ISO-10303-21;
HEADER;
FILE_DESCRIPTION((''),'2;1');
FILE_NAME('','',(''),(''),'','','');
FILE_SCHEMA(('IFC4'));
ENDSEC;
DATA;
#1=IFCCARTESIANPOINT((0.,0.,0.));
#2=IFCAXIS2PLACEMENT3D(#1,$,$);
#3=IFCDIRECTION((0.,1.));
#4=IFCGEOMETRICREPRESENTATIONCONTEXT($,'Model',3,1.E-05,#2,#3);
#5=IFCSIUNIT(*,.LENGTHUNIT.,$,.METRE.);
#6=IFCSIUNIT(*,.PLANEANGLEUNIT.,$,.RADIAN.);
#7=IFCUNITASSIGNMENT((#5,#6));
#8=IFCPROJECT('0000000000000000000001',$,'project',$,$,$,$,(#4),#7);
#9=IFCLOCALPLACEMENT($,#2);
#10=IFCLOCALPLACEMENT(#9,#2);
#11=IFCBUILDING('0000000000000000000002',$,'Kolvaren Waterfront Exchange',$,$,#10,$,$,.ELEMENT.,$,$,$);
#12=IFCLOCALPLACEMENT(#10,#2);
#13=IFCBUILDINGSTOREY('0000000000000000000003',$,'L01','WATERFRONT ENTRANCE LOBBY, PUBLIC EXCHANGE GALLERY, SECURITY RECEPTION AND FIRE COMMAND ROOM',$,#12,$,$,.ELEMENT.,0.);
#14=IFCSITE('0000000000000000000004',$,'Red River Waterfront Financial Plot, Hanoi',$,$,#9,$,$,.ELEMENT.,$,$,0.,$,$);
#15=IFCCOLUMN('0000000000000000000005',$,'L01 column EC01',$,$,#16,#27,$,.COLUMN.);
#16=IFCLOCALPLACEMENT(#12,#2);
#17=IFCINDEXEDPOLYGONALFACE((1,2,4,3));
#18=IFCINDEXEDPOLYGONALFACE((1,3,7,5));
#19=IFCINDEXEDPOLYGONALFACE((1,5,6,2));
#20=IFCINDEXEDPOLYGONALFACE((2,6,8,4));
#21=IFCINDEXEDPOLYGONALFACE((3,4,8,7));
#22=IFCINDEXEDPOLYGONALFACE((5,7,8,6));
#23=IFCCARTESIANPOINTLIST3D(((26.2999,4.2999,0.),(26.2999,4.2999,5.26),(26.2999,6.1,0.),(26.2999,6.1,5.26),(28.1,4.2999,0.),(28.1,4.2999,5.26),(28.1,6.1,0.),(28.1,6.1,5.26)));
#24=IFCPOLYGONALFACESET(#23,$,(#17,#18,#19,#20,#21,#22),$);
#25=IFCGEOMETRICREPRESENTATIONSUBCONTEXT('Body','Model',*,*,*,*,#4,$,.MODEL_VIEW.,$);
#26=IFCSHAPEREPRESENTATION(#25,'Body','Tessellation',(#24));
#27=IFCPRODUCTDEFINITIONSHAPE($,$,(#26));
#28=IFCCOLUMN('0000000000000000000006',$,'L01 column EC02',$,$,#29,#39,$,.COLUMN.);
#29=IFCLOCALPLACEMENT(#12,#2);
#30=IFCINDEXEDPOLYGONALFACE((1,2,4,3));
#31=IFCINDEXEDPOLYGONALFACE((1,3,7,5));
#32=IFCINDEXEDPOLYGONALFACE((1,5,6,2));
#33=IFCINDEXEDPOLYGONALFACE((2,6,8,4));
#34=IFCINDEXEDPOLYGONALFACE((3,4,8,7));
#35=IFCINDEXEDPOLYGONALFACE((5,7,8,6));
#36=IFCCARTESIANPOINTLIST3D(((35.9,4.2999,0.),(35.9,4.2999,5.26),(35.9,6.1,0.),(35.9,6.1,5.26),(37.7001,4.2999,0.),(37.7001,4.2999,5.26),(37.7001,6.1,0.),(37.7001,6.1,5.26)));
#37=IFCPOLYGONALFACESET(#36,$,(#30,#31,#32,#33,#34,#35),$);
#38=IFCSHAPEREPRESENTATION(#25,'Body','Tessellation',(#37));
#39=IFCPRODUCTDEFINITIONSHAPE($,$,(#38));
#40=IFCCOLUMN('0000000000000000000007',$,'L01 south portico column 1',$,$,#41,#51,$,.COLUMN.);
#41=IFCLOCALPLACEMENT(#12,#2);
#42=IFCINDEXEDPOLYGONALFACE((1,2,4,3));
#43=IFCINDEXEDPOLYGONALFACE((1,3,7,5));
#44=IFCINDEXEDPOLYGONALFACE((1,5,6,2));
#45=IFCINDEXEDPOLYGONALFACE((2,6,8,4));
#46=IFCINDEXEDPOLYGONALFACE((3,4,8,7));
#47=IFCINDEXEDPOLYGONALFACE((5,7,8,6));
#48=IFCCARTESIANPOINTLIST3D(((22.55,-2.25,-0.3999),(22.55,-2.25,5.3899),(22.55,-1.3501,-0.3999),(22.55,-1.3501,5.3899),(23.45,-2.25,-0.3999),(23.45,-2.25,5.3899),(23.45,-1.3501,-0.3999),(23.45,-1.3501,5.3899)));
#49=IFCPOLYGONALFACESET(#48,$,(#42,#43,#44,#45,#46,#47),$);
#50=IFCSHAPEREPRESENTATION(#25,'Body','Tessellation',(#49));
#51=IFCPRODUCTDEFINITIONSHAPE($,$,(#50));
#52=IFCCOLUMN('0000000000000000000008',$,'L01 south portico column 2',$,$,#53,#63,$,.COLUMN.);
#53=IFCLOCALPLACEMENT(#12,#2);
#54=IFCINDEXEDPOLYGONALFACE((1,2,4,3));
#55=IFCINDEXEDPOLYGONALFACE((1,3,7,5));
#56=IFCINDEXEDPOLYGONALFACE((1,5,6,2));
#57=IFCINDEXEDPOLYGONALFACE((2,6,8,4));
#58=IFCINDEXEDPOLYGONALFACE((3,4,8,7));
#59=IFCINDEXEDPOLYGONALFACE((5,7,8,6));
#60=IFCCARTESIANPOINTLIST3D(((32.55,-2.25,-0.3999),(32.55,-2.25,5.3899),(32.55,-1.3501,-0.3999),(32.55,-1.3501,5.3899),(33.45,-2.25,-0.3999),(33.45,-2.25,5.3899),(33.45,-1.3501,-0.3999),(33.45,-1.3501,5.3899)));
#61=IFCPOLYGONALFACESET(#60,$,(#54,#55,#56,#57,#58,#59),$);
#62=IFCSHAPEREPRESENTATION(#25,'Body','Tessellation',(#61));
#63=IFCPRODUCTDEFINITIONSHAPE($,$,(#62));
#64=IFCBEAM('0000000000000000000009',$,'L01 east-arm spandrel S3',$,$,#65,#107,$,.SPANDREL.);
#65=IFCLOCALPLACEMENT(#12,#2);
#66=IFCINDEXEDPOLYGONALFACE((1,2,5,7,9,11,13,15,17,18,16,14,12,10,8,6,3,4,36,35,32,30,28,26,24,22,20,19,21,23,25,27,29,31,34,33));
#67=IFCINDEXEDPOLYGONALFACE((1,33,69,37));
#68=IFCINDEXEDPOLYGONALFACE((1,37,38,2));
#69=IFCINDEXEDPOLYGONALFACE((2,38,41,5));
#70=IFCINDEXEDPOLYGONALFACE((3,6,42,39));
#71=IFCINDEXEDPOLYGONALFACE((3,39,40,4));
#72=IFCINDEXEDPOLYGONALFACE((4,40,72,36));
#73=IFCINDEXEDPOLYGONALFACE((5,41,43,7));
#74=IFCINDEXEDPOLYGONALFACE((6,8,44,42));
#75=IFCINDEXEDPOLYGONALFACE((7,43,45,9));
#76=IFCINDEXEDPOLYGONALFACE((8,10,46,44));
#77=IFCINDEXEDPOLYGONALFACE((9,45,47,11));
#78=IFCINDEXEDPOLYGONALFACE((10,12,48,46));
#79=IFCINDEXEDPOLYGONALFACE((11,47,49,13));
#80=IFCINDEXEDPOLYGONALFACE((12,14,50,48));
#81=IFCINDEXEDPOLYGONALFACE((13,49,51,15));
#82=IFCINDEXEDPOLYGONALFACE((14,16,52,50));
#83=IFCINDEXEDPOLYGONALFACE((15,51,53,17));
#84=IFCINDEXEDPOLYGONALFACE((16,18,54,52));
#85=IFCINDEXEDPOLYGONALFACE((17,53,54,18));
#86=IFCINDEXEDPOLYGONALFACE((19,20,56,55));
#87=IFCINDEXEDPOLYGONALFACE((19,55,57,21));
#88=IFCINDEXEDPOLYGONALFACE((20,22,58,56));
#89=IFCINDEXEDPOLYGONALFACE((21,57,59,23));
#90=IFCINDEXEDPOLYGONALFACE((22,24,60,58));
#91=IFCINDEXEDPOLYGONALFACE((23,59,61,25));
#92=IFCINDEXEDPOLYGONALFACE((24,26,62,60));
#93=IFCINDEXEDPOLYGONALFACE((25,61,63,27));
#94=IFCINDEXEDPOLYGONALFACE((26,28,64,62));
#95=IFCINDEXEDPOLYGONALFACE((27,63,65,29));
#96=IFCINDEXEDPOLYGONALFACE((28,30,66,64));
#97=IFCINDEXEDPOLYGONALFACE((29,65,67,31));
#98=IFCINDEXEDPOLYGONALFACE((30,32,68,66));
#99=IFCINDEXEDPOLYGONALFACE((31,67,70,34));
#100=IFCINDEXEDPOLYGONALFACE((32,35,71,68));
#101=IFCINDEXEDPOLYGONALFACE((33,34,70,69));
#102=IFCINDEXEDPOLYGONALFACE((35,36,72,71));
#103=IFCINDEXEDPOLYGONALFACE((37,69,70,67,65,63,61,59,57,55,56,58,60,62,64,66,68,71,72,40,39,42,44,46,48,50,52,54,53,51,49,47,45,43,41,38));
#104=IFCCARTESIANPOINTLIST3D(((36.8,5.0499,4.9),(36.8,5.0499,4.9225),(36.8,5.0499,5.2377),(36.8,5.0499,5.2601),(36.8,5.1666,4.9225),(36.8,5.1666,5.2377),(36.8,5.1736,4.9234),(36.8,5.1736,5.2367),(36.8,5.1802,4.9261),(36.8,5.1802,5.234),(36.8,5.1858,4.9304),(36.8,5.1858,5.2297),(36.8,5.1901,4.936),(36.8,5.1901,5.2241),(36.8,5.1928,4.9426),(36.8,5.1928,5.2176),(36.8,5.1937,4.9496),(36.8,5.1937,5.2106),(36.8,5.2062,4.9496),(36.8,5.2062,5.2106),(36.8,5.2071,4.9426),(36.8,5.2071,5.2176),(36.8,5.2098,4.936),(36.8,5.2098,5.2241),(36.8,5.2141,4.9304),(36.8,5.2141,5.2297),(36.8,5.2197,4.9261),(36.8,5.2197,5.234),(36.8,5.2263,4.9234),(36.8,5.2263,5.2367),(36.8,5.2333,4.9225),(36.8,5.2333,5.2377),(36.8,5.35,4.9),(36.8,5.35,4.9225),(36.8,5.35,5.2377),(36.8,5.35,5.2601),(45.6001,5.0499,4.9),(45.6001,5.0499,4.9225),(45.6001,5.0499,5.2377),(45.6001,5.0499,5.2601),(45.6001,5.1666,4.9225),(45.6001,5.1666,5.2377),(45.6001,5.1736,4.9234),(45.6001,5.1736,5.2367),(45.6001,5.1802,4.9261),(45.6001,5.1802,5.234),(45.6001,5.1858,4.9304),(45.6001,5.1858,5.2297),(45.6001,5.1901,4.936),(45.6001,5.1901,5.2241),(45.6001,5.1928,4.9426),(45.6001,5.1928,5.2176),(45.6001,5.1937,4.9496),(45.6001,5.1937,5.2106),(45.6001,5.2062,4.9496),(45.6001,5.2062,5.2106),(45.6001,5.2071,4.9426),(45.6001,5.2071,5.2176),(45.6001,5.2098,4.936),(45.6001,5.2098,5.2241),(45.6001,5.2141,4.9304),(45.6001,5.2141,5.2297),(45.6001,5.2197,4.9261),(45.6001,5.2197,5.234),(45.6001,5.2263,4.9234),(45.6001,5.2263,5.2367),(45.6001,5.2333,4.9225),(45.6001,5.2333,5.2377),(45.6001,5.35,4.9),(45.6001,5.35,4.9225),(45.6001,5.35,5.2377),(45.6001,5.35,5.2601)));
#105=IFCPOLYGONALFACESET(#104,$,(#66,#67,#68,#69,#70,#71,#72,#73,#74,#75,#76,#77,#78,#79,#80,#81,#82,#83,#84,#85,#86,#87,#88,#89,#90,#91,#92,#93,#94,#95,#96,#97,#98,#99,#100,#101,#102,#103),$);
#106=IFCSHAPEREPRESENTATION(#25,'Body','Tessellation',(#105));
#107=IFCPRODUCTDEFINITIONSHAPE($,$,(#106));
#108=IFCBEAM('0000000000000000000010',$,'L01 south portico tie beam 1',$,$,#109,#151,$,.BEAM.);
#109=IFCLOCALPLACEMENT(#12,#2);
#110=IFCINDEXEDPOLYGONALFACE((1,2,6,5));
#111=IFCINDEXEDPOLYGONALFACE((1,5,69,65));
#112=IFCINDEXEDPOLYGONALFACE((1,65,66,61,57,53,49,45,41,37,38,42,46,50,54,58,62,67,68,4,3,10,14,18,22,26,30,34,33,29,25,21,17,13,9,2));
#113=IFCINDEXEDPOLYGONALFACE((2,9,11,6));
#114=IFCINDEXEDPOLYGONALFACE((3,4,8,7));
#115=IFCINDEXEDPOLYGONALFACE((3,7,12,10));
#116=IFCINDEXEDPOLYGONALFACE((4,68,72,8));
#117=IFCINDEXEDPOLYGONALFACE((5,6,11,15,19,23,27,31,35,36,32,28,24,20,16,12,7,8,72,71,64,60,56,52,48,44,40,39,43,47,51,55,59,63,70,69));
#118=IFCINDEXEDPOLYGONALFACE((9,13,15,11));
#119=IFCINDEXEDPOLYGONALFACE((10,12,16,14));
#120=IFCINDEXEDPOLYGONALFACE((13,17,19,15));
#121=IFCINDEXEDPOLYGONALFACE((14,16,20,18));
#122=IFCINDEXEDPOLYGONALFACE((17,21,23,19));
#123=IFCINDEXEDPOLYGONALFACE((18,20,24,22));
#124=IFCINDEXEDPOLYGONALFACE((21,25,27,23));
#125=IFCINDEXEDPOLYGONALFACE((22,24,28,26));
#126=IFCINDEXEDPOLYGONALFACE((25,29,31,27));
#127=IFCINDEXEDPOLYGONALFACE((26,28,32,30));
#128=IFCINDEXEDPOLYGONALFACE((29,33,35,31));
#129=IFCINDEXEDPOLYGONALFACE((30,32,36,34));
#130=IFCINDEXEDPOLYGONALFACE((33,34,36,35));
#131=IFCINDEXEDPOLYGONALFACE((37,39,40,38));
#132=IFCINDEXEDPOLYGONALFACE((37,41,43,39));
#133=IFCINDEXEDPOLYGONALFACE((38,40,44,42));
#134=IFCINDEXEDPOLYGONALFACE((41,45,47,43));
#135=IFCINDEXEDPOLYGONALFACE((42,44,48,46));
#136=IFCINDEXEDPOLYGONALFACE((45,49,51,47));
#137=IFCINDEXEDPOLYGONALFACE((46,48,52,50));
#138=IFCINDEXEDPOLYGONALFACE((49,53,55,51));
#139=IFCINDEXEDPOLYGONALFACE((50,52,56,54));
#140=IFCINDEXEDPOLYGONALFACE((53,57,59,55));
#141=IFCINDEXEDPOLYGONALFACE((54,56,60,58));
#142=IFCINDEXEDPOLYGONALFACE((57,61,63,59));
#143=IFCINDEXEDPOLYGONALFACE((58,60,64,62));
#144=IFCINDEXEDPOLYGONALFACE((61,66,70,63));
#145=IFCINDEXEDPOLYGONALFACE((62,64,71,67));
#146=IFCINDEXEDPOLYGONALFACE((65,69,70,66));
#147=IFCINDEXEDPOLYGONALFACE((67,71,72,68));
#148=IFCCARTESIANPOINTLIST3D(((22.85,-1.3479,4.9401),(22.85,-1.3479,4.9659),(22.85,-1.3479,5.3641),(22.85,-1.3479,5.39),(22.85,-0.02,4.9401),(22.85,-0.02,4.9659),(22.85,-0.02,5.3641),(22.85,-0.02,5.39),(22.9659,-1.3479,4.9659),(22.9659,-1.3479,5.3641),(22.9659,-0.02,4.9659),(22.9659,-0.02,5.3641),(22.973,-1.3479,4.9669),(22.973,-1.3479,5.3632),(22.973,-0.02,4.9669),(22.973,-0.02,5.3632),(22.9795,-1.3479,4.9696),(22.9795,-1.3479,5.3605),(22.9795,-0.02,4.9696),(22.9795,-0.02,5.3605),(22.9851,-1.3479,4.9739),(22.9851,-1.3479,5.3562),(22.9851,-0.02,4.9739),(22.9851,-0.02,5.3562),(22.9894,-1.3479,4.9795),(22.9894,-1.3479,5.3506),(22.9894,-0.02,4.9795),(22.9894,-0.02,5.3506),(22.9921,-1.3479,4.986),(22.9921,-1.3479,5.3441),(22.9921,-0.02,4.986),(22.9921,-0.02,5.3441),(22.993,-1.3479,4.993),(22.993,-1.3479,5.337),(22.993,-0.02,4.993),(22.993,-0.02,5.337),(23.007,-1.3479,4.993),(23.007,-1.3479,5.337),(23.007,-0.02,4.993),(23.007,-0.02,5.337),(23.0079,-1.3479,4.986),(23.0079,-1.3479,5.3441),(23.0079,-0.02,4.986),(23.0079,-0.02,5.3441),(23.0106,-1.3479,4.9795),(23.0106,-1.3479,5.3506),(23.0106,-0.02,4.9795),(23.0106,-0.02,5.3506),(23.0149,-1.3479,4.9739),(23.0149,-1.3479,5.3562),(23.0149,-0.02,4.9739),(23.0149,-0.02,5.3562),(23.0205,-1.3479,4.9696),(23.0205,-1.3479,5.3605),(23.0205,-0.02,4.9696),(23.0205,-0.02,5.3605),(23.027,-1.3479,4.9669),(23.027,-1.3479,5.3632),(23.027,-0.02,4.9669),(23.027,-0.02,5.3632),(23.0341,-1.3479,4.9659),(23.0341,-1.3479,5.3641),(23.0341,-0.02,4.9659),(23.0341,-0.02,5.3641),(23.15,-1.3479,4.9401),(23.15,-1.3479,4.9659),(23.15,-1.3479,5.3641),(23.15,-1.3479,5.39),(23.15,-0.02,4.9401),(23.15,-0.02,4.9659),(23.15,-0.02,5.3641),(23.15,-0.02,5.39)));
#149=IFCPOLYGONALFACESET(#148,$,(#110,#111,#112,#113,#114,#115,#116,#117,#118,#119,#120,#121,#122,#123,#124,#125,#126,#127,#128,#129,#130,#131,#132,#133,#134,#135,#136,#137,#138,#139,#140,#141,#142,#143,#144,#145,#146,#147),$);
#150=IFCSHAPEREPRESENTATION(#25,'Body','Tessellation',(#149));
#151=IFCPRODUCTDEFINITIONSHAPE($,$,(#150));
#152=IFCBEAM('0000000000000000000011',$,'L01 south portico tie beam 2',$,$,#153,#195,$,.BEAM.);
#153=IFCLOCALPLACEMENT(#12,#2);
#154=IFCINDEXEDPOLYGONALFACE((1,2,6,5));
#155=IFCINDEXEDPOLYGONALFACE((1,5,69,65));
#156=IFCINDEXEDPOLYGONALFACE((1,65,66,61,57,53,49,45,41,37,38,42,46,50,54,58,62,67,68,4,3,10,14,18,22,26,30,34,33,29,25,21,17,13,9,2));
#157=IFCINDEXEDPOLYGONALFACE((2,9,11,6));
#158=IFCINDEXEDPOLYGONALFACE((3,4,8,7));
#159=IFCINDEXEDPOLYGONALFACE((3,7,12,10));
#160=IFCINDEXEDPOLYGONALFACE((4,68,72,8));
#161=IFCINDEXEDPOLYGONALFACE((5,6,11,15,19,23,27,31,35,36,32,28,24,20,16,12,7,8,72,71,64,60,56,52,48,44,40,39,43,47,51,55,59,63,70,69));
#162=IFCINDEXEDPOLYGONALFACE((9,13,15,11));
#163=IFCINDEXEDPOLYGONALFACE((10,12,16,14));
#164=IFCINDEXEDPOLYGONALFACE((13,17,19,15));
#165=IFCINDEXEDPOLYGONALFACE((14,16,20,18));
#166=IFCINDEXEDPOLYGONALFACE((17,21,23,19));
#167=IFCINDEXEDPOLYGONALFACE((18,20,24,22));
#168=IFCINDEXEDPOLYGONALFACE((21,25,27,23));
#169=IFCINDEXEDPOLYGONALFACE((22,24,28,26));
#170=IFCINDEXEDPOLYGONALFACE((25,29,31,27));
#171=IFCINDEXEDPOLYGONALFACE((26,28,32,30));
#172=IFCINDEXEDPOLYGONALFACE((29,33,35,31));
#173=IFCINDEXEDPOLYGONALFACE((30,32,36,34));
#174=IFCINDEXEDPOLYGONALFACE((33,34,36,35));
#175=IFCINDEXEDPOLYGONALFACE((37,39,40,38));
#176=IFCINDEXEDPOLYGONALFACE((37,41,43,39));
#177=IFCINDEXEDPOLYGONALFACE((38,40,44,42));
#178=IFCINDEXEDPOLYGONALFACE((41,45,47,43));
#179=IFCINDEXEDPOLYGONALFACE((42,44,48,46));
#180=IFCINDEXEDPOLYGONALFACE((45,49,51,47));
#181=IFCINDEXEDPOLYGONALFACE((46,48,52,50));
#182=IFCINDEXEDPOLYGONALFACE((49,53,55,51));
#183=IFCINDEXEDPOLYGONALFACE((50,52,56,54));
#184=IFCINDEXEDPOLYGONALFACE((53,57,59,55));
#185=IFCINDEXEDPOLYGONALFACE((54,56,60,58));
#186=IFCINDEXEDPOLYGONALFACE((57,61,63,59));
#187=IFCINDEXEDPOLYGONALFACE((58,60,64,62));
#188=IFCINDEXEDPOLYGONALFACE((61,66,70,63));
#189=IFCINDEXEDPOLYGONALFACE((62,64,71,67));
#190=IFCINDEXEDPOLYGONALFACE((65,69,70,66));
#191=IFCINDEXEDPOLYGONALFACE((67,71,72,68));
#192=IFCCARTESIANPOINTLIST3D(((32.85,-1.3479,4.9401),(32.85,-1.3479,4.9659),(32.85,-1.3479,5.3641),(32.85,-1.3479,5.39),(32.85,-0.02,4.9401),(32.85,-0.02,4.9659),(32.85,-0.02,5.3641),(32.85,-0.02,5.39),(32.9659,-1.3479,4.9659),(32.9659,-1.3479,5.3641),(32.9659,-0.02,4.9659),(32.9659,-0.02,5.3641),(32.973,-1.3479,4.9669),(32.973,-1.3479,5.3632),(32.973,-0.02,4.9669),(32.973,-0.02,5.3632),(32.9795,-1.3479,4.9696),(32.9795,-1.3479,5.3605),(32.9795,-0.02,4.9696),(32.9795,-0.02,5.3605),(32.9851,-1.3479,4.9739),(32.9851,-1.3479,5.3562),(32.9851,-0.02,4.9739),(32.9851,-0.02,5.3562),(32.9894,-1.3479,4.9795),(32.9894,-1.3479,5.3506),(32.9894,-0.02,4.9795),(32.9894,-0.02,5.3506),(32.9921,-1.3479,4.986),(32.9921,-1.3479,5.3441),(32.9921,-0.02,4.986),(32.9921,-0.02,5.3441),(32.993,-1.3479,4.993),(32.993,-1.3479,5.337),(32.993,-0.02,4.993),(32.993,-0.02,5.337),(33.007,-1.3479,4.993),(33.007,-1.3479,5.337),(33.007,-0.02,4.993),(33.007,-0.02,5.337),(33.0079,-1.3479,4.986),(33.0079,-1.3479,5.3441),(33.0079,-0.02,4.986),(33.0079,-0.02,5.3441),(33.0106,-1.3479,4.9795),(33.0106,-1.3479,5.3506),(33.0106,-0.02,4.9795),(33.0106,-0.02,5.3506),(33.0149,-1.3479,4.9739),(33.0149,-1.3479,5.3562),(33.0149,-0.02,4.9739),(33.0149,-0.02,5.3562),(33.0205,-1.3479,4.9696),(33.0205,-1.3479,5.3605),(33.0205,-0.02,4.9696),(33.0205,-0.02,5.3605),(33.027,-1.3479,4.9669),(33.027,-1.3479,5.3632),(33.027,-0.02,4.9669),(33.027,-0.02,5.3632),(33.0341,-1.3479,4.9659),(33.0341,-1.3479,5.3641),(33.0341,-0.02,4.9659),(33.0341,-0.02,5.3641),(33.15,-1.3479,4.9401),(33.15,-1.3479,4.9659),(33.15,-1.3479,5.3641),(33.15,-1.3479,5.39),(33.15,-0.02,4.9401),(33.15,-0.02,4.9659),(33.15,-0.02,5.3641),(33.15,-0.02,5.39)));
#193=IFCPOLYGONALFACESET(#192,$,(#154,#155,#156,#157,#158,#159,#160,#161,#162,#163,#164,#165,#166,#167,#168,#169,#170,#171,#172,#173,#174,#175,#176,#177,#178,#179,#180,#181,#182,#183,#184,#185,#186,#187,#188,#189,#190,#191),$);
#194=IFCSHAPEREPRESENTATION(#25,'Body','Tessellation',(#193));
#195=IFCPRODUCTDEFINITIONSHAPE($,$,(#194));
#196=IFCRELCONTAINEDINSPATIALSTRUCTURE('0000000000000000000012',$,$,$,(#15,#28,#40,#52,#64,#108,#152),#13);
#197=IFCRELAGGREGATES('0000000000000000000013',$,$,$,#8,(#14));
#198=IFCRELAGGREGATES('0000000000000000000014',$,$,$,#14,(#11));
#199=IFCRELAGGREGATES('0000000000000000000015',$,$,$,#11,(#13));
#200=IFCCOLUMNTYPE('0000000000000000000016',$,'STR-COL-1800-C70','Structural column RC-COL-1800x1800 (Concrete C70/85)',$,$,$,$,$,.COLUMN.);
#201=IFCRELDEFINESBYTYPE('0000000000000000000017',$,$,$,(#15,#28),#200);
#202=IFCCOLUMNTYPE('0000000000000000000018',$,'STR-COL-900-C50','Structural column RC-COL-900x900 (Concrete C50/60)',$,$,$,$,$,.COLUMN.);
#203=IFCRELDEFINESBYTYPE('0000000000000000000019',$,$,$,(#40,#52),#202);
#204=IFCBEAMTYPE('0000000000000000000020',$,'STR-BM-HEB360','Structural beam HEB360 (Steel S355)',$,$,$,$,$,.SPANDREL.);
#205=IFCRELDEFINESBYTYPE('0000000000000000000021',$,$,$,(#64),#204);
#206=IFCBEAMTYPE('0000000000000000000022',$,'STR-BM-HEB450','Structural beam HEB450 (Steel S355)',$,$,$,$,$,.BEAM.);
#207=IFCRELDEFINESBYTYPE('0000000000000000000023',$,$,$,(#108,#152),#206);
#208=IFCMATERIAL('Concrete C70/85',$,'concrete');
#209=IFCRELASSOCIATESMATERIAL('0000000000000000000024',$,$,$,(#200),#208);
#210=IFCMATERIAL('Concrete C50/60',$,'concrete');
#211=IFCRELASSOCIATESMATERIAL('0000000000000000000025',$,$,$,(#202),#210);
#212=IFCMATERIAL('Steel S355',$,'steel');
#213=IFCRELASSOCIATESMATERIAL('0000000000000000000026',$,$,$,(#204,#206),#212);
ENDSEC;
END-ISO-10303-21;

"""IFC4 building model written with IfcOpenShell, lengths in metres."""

from ifc_helpers import new_model, si_unit, direction, frame, origin, origin_2d, place, context, subcontext, project, spatial, rectangle, i_section, extrude, material, material_profile, profile_set, type_object, element, save


model = new_model("IFC4")

# Units and contexts
model_context = context("Model", 3, precision=1e-05, world=origin(), true_north=direction((0.0, 1.0)))
body_context = subcontext(model_context, "Body", "Model", "MODEL_VIEW")
ifc_project = project(units=[si_unit("LENGTHUNIT", "METRE"), si_unit("PLANEANGLEUNIT", "RADIAN")], contexts=[model_context])

# Site, building, storey
site_placement = place(None, origin())
site = spatial("IfcSite", under=ifc_project, at=site_placement, Name="Red River Waterfront Financial Plot, Hanoi", CompositionType="ELEMENT", RefElevation=0.0)
building_placement = place(site_placement, origin())
building = spatial("IfcBuilding", under=site, at=building_placement, Name="Kolvaren Waterfront Exchange", CompositionType="ELEMENT")
storey_placement = place(building_placement, origin())
storey = spatial("IfcBuildingStorey", under=building, at=storey_placement, Name="L01", Description="WATERFRONT ENTRANCE LOBBY, PUBLIC EXCHANGE GALLERY, SECURITY RECEPTION AND FIRE COMMAND ROOM", CompositionType="ELEMENT", Elevation=0.0)

# Columns
ifc_material_1 = material(Name="Concrete C70/85", Category="concrete")
ifc_material_profile_1 = material_profile(ifc_material_1, rectangle(XDim=1.8, YDim=1.8, at=origin_2d()), Name="RC-COL-1800x1800")
ifc_profile_set_1 = profile_set([ifc_material_profile_1], Name="Concrete C70/85")
column_type_1 = type_object("IfcColumnType", Name="STR-COL-1800-C70", Description="Structural column RC-COL-1800x1800 (Concrete C70/85)", PredefinedType="COLUMN", material=ifc_profile_set_1)
for number, where, z_axis, x_axis, name in (
    (1, (27.2, 5.2, 0.0), (0.0, 0.0, 1.0), (1.0, 0.0, 0.0), "L01 column EC01"),
    (2, (36.8, 5.2, 0.0), (0.0, 0.0, 1.0), (1.0, 0.0, 0.0), "L01 column EC02"),
):
    element("IfcColumn", number, at=place(storey_placement, frame(where, z_axis=z_axis, x_axis=x_axis)), inside=storey, type_object=column_type_1, Name=name, PredefinedType="COLUMN", context=body_context, shape_type="SweptSolid", body=[
        extrude(rectangle(XDim=1.8, YDim=1.8, at=origin_2d()), origin(), (0.0, 0.0, 1.0), 5.26),
    ])
ifc_material_2 = material(Name="Concrete C50/60", Category="concrete")
ifc_material_profile_2 = material_profile(ifc_material_2, rectangle(XDim=0.8999, YDim=0.8999, at=origin_2d()), Name="RC-COL-900x900")
ifc_profile_set_2 = profile_set([ifc_material_profile_2], Name="Concrete C50/60")
column_type_2 = type_object("IfcColumnType", Name="STR-COL-900-C50", Description="Structural column RC-COL-900x900 (Concrete C50/60)", PredefinedType="COLUMN", material=ifc_profile_set_2)
for number, where, z_axis, x_axis, name in (
    (3, (23.0, -1.8, -0.3999), (0.0, 0.0, 1.0), (1.0, 0.0, 0.0), "L01 south portico column 1"),
    (4, (33.0, -1.8, -0.3999), (0.0, 0.0, 1.0), (1.0, 0.0, 0.0), "L01 south portico column 2"),
):
    element("IfcColumn", number, at=place(storey_placement, frame(where, z_axis=z_axis, x_axis=x_axis)), inside=storey, type_object=column_type_2, Name=name, PredefinedType="COLUMN", context=body_context, shape_type="SweptSolid", body=[
        extrude(rectangle(XDim=0.8999, YDim=0.8999, at=origin_2d()), origin(), (0.0, 0.0, 1.0), 5.7898),
    ])

# Beams
ifc_material_3 = material(Name="Steel S355", Category="steel")
ifc_material_profile_3 = material_profile(ifc_material_3, i_section(OverallWidth=0.3, OverallDepth=0.3601, WebThickness=0.0125, FlangeThickness=0.0225, FilletRadius=0.0271, at=origin_2d()), Name="HEB360")
ifc_profile_set_3 = profile_set([ifc_material_profile_3], Name="Steel S355")
beam_type_1 = type_object("IfcBeamType", Name="STR-BM-HEB360", Description="Structural beam HEB360 (Steel S355)", PredefinedType="SPANDREL", material=ifc_profile_set_3)
beam_1_placement = place(storey_placement, frame((36.8, 5.2, 5.0801), z_axis=(1.0, 0.0, 0.0), x_axis=(0.0, 1.0, 0.0)))
element("IfcBeam", 5, at=beam_1_placement, inside=storey, type_object=beam_type_1, Name="L01 east-arm spandrel S3", PredefinedType="SPANDREL", context=body_context, shape_type="SweptSolid", body=[
    extrude(i_section(OverallWidth=0.3, OverallDepth=0.3601, WebThickness=0.0125, FlangeThickness=0.0225, FilletRadius=0.0271, at=origin_2d()), origin(), (0.0, 0.0, 1.0), 8.8),
])
ifc_material_profile_4 = material_profile(ifc_material_3, i_section(OverallWidth=0.3, OverallDepth=0.45, WebThickness=0.0139, FlangeThickness=0.0259, FilletRadius=0.0271, at=origin_2d()), Name="HEB450")
ifc_profile_set_4 = profile_set([ifc_material_profile_4], Name="Steel S355")
beam_type_2 = type_object("IfcBeamType", Name="STR-BM-HEB450", Description="Structural beam HEB450 (Steel S355)", PredefinedType="BEAM", material=ifc_profile_set_4)
for number, where, z_axis, x_axis, name in (
    (6, (23.0, -1.3479, 5.165), (0.0, 1.0, 0.0), (-1.0, 0.0, 0.0), "L01 south portico tie beam 1"),
    (7, (33.0, -1.3479, 5.165), (0.0, 1.0, 0.0), (-1.0, 0.0, 0.0), "L01 south portico tie beam 2"),
):
    element("IfcBeam", number, at=place(storey_placement, frame(where, z_axis=z_axis, x_axis=x_axis)), inside=storey, type_object=beam_type_2, Name=name, PredefinedType="BEAM", context=body_context, shape_type="SweptSolid", body=[
        extrude(i_section(OverallWidth=0.3, OverallDepth=0.45, WebThickness=0.0139, FlangeThickness=0.0259, FilletRadius=0.0271, at=origin_2d()), origin(), (0.0, 0.0, 1.0), 1.3279),
    ])

save(model, "model.ifc")
